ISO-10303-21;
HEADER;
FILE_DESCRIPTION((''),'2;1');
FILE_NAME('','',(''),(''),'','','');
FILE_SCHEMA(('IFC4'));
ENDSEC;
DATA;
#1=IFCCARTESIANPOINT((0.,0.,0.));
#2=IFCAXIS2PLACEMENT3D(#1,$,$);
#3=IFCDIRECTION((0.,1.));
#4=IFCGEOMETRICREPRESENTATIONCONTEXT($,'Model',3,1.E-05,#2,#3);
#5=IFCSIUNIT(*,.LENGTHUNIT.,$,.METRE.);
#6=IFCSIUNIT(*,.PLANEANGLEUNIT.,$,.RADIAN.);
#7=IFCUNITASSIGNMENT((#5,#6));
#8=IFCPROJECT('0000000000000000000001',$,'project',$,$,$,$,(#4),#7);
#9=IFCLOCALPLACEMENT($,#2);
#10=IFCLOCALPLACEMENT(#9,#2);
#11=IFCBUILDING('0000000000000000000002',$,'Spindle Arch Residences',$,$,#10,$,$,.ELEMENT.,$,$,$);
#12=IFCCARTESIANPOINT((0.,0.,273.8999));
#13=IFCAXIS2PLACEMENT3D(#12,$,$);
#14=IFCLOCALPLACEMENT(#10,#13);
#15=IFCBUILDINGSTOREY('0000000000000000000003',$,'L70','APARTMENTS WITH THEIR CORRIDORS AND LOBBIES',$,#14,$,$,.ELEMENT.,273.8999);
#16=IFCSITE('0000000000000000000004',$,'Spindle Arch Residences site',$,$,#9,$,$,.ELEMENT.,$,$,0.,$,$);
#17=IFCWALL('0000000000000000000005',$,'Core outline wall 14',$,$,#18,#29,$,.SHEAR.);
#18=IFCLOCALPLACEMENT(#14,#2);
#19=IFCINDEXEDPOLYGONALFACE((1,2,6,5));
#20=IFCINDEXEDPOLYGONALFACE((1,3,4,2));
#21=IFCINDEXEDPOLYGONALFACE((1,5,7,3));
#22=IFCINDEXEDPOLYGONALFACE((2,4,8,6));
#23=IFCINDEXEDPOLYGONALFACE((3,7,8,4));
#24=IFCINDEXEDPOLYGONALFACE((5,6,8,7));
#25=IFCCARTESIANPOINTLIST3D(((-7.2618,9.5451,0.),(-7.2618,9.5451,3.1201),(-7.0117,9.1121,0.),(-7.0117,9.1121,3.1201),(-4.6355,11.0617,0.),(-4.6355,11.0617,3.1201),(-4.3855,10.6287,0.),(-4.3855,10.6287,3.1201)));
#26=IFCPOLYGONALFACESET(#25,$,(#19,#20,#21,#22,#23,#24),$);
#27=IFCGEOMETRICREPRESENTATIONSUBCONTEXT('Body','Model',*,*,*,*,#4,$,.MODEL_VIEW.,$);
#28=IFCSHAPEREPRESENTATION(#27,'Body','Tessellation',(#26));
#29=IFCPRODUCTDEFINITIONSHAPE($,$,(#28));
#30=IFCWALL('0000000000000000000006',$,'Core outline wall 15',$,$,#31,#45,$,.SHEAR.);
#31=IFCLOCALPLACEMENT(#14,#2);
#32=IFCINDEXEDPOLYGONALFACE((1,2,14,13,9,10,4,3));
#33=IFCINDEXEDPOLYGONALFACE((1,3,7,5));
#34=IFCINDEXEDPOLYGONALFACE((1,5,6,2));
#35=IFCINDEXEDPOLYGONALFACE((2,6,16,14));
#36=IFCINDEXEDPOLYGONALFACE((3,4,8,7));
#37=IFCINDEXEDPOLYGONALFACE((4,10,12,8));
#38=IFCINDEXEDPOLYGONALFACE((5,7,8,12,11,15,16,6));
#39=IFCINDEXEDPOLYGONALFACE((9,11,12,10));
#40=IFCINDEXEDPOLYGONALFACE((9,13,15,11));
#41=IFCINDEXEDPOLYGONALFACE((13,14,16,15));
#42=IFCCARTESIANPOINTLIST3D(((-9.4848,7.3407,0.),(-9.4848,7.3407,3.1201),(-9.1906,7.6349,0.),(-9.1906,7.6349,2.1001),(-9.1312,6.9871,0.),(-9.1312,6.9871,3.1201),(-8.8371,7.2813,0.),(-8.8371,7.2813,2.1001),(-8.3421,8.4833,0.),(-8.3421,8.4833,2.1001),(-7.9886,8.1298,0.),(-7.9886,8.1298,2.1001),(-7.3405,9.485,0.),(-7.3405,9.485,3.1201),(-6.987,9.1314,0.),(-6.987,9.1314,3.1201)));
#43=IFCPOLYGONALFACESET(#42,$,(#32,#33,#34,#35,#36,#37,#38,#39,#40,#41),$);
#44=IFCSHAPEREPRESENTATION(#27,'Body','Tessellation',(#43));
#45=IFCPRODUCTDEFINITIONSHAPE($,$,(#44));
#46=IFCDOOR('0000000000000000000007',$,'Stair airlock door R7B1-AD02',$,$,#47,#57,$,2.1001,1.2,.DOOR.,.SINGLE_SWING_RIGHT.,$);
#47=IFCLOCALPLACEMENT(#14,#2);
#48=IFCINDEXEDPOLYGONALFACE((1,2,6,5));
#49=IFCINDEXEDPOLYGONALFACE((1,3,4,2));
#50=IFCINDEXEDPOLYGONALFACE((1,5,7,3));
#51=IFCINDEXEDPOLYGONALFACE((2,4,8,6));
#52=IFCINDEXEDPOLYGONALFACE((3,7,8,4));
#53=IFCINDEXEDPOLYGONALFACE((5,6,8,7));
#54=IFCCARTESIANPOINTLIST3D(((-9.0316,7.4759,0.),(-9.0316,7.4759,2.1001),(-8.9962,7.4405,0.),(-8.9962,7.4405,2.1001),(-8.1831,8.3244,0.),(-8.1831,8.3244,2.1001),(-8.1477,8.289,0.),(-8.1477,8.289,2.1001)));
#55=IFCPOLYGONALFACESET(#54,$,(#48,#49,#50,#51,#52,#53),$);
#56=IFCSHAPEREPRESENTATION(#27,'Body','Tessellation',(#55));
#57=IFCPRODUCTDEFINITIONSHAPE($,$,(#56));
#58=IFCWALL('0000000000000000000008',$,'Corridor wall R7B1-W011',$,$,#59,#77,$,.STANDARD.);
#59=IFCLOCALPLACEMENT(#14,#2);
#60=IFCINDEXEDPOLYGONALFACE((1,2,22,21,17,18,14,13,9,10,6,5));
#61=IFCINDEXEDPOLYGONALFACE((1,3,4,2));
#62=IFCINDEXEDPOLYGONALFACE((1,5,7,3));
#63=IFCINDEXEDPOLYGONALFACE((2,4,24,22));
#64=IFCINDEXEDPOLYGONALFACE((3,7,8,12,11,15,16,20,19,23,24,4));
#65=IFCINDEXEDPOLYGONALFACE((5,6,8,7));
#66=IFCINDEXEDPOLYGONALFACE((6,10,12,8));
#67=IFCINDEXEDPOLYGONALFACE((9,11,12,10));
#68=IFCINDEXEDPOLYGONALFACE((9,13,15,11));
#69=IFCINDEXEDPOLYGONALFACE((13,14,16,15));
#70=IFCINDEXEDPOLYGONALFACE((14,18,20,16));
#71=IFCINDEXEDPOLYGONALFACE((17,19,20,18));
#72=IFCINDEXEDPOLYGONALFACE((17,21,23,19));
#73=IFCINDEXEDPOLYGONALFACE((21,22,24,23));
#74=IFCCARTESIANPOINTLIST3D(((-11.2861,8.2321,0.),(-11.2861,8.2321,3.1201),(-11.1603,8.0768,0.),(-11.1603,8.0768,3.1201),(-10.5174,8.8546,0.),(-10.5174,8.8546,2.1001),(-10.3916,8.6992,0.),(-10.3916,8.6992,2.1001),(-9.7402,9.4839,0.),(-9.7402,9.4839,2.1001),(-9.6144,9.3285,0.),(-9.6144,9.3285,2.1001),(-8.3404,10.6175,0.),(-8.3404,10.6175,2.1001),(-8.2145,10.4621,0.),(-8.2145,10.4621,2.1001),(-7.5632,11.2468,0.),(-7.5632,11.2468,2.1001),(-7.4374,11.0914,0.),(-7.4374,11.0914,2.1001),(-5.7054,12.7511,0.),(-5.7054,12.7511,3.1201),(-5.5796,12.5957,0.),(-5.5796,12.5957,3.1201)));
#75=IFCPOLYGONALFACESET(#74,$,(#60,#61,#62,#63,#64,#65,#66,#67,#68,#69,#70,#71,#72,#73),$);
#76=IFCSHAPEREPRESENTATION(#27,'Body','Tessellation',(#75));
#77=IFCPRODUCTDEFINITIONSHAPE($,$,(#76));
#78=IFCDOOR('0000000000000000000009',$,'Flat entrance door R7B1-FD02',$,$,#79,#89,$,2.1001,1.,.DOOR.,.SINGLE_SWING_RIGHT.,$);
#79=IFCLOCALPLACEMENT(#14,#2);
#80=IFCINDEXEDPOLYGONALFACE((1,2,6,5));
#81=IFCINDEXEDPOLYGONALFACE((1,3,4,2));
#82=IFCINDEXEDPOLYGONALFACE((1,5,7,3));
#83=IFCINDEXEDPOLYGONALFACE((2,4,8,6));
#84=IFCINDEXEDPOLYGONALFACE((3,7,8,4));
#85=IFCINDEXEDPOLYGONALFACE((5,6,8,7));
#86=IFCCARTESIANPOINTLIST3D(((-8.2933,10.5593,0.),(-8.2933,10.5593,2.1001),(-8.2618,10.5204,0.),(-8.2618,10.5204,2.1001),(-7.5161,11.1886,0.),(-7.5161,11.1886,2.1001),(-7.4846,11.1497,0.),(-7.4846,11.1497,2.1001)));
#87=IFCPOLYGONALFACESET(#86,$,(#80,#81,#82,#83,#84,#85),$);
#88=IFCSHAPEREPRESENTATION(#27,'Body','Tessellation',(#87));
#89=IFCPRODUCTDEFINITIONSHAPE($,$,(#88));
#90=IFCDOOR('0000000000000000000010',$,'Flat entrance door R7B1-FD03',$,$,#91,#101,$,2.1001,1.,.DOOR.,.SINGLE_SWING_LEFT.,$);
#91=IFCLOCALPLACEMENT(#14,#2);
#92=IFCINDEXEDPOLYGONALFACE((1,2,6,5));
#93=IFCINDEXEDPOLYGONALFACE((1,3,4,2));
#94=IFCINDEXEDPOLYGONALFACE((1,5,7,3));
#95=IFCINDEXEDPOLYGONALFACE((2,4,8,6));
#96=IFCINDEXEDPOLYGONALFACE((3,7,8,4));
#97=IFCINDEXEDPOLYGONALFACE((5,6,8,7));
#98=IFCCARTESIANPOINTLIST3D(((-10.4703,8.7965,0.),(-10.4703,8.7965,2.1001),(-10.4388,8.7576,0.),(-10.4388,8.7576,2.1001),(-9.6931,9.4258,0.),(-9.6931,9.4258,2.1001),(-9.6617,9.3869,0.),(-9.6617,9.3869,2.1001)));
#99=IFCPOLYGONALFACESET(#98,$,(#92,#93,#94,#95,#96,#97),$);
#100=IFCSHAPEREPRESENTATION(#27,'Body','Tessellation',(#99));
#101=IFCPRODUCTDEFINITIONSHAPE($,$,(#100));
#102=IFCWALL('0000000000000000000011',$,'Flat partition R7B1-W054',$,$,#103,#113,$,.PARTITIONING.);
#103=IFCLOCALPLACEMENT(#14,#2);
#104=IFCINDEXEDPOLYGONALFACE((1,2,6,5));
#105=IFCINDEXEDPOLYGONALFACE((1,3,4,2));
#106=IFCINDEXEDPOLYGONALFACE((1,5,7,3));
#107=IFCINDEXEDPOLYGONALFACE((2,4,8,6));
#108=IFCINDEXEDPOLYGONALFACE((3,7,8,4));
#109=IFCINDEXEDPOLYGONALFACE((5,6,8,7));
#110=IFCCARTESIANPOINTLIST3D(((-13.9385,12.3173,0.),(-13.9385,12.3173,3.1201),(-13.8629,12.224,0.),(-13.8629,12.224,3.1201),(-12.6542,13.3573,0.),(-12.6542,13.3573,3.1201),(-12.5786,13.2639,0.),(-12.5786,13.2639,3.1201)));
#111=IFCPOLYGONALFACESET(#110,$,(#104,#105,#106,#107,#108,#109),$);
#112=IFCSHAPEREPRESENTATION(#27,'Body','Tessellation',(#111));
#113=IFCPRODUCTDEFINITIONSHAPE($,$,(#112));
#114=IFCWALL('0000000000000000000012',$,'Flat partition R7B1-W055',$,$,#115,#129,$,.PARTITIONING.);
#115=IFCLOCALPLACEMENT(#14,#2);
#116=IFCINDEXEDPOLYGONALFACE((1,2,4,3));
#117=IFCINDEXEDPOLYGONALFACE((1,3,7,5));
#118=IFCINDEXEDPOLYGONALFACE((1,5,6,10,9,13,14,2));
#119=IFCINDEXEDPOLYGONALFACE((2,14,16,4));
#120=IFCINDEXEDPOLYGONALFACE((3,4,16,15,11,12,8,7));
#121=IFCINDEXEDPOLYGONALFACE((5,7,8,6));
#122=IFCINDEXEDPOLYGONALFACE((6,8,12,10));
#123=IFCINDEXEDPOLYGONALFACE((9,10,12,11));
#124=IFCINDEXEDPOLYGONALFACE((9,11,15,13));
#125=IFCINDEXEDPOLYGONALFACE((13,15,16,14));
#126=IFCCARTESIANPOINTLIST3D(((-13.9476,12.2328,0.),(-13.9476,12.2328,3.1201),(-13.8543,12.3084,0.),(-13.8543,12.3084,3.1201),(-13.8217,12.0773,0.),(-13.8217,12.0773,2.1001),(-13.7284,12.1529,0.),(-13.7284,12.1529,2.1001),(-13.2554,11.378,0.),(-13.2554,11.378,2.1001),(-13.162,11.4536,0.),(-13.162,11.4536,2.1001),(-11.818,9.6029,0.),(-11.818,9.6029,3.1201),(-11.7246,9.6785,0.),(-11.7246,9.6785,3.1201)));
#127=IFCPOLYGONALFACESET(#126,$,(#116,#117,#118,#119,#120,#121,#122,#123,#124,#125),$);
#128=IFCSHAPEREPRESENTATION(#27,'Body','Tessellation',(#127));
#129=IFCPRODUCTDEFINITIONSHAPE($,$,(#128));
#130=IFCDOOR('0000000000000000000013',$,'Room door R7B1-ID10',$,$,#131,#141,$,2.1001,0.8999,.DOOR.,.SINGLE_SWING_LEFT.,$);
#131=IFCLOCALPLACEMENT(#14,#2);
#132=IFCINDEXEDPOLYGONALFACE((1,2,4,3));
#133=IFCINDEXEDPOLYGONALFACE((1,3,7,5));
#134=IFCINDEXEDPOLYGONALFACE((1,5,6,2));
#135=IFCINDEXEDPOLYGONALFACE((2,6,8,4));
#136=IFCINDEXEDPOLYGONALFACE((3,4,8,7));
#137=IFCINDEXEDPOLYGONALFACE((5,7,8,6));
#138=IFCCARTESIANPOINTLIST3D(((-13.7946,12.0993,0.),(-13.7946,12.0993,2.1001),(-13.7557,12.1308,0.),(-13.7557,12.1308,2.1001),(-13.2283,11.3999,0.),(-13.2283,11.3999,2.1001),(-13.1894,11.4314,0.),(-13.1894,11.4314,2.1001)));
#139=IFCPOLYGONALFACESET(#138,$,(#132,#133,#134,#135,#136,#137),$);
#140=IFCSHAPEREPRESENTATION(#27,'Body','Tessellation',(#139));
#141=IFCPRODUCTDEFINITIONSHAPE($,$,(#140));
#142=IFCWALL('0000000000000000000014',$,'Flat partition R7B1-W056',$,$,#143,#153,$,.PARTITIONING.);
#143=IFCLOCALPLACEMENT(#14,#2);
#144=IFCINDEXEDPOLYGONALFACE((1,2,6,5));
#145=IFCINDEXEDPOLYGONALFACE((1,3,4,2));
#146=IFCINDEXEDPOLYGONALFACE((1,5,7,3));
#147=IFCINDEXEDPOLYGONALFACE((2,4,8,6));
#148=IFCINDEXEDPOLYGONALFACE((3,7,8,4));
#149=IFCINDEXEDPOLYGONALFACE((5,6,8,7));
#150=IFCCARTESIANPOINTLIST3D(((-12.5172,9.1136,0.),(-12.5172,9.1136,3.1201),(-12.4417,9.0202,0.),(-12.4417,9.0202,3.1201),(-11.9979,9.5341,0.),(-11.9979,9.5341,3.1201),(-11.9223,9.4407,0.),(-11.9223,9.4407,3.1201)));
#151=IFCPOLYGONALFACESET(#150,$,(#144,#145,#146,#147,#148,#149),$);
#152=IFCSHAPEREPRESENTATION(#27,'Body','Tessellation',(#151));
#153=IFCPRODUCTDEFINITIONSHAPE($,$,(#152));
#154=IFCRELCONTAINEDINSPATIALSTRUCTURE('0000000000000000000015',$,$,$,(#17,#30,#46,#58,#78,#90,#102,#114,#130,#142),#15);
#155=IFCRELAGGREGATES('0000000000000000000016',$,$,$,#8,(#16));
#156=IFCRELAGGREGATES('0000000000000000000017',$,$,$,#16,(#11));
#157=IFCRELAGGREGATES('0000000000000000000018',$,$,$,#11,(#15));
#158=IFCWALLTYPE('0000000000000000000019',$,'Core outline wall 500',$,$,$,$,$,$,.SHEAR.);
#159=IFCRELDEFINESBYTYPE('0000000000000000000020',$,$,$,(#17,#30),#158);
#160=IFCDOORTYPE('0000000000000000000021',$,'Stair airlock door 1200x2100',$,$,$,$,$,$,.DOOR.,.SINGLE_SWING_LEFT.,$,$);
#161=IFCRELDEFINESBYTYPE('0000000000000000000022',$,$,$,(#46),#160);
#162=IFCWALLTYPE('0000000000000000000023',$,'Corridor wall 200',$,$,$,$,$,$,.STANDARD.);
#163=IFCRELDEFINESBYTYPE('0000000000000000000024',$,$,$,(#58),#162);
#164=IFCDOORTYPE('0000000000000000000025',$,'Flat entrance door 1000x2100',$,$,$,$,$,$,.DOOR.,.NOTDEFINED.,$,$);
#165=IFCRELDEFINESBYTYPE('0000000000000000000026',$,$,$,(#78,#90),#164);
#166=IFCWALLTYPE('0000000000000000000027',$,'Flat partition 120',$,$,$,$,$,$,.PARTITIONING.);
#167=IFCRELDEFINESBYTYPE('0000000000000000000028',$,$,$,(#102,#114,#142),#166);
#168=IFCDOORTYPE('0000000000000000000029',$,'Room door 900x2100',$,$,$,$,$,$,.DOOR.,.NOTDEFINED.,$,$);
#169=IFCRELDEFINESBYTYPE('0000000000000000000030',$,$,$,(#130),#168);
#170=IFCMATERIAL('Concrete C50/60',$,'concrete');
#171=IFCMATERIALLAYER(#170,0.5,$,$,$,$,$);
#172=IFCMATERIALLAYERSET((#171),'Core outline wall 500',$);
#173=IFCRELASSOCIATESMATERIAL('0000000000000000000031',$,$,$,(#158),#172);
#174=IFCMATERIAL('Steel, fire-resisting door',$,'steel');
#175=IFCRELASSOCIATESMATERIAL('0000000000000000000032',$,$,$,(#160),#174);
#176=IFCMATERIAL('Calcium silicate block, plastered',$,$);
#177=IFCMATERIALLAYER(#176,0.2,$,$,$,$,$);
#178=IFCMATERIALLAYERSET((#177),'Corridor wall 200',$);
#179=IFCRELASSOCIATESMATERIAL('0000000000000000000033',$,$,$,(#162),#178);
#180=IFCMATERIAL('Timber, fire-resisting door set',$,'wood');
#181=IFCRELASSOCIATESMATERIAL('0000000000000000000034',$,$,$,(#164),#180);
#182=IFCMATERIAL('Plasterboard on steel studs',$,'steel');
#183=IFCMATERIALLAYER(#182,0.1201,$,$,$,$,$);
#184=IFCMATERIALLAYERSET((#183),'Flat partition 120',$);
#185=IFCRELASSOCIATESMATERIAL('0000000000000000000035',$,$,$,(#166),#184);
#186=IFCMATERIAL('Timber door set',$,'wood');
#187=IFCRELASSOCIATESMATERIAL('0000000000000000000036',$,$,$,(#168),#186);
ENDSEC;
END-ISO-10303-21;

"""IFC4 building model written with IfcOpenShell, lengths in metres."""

from ifc_helpers import new_model, si_unit, direction, frame, frame_2d, origin, place, context, subcontext, project, spatial, rectangle, extrude, material, layer, layer_set, type_object, element, fill, save


model = new_model("IFC4")

# Units and contexts
model_context = context("Model", 3, precision=1e-05, world=origin(), true_north=direction((0.0, 1.0)))
body_context = subcontext(model_context, "Body", "Model", "MODEL_VIEW")
ifc_project = project(units=[si_unit("LENGTHUNIT", "METRE"), si_unit("PLANEANGLEUNIT", "RADIAN")], contexts=[model_context])

# Site, building, storey
site_placement = place(None, origin())
site = spatial("IfcSite", under=ifc_project, at=site_placement, Name="Spindle Arch Residences site", CompositionType="ELEMENT", RefElevation=0.0)
building_placement = place(site_placement, origin())
building = spatial("IfcBuilding", under=site, at=building_placement, Name="Spindle Arch Residences", CompositionType="ELEMENT")
storey_placement = place(building_placement, frame((0.0, 0.0, 273.8999)))
storey = spatial("IfcBuildingStorey", under=building, at=storey_placement, Name="L70", Description="APARTMENTS WITH THEIR CORRIDORS AND LOBBIES", CompositionType="ELEMENT", Elevation=273.8999)

# Wall
ifc_material_1 = material(Name="Concrete C50/60", Category="concrete")
ifc_layer_1 = layer(ifc_material_1, 0.5)
ifc_layer_set_1 = layer_set([ifc_layer_1], Name="Core outline wall 500")
wall_type_1 = type_object("IfcWallType", Name="Core outline wall 500", PredefinedType="SHEAR", material=ifc_layer_set_1)
wall_1_placement = place(storey_placement, frame((-4.5105, 10.8452, 0.0), z_axis=(0.0, 0.0, 1.0), x_axis=(-0.865975, -0.500087, 0.0)))
element("IfcWall", 1, at=wall_1_placement, inside=storey, type_object=wall_type_1, Name="Core outline wall 14", PredefinedType="SHEAR", context=body_context, shape_type="SweptSolid", body=[
    extrude(rectangle(XDim=3.0327, YDim=0.5, at=frame_2d((1.5164, 0.0))), origin(), (0.0, 0.0, 1.0), 3.1201),
])

# Wall, opening, door
wall_2_placement = place(storey_placement, frame((-7.1638, 9.3081, 0.0), z_axis=(0.0, 0.0, 1.0), x_axis=(-0.707107, -0.707107, 0.0)))
wall_2 = element("IfcWall", 2, at=wall_2_placement, inside=storey, type_object=wall_type_1, Name="Core outline wall 15", PredefinedType="SHEAR", context=body_context, shape_type="SweptSolid", body=[
    extrude(rectangle(XDim=3.0325, YDim=0.5, at=frame_2d((1.5161, 0.0))), origin(), (0.0, 0.0, 1.0), 3.1201),
])
opening_1_placement = place(wall_2_placement, frame((1.4163, 0.0, 0.0)))
opening_1 = element("IfcOpeningElement", 3, at=opening_1_placement, cuts=wall_2, PredefinedType="OPENING", context=body_context, shape_type="SweptSolid", body=[
    extrude(rectangle(XDim=1.2, YDim=2.1001, at=frame_2d((0.6001, 1.05))), frame((0.0, 0.26, 0.0), z_axis=(0.0, -1.0, 0.0), x_axis=(1.0, 0.0, 0.0)), (0.0, 0.0, 1.0), 0.52),
])
ifc_material_2 = material(Name="Steel, fire-resisting door", Category="steel")
door_type_1 = type_object("IfcDoorType", Name="Stair airlock door 1200x2100", OperationType="SINGLE_SWING_LEFT", PredefinedType="DOOR", material=ifc_material_2)
door_1_placement = place(opening_1_placement, origin())
door_1 = element("IfcDoor", 4, at=door_1_placement, inside=storey, type_object=door_type_1, Name="Stair airlock door R7B1-AD02", OperationType="SINGLE_SWING_RIGHT", OverallHeight=2.1001, OverallWidth=1.2, PredefinedType="DOOR", context=body_context, shape_type="SweptSolid", body=[
    extrude(rectangle(XDim=1.2, YDim=2.1001, at=frame_2d((0.6001, 1.05))), frame((0.0, 0.0249, 0.0), z_axis=(0.0, -1.0, 0.0), x_axis=(1.0, 0.0, 0.0)), (0.0, 0.0, 1.0), 0.05),
])
fill(opening_1, door_1)

# Wall, openings, doors
ifc_material_3 = material(Name="Calcium silicate block, plastered")
ifc_layer_2 = layer(ifc_material_3, 0.2)
ifc_layer_set_2 = layer_set([ifc_layer_2], Name="Corridor wall 200")
wall_type_2 = type_object("IfcWallType", Name="Corridor wall 200", PredefinedType="STANDARD", material=ifc_layer_set_2)
wall_3_placement = place(storey_placement, frame((-5.6426, 12.6733, 0.0), z_axis=(0.0, 0.0, 1.0), x_axis=(-0.77716, -0.629303, 0.0)))
wall_3 = element("IfcWall", 5, at=wall_3_placement, inside=storey, type_object=wall_type_2, Name="Corridor wall R7B1-W011", PredefinedType="STANDARD", context=body_context, shape_type="SweptSolid", body=[
    extrude(rectangle(XDim=7.1809, YDim=0.2, at=frame_2d((3.5903, 0.0))), origin(), (0.0, 0.0, 1.0), 3.1201),
])
opening_2_placement = place(wall_3_placement, frame((2.3904, 0.0, 0.0)))
opening_2 = element("IfcOpeningElement", 6, at=opening_2_placement, cuts=wall_3, PredefinedType="OPENING", context=body_context, shape_type="SweptSolid", body=[
    extrude(rectangle(XDim=1.0, YDim=2.1001, at=frame_2d((0.5, 1.05))), frame((0.0, 0.1099, 0.0), z_axis=(0.0, -1.0, 0.0), x_axis=(1.0, 0.0, 0.0)), (0.0, 0.0, 1.0), 0.22),
])
opening_3_placement = place(wall_3_placement, frame((5.1917, 0.0, 0.0)))
opening_3 = element("IfcOpeningElement", 7, at=opening_3_placement, cuts=wall_3, PredefinedType="OPENING", context=body_context, shape_type="SweptSolid", body=[
    extrude(rectangle(XDim=1.0, YDim=2.1001, at=frame_2d((0.5, 1.05))), frame((0.0, 0.1099, 0.0), z_axis=(0.0, -1.0, 0.0), x_axis=(1.0, 0.0, 0.0)), (0.0, 0.0, 1.0), 0.22),
])
ifc_material_4 = material(Name="Timber, fire-resisting door set", Category="wood")
door_type_2 = type_object("IfcDoorType", Name="Flat entrance door 1000x2100", OperationType="NOTDEFINED", PredefinedType="DOOR", material=ifc_material_4)
door_2_placement = place(opening_2_placement, origin())
door_2 = element("IfcDoor", 8, at=door_2_placement, inside=storey, type_object=door_type_2, Name="Flat entrance door R7B1-FD02", OperationType="SINGLE_SWING_RIGHT", OverallHeight=2.1001, OverallWidth=1.0, PredefinedType="DOOR", context=body_context, shape_type="SweptSolid", body=[
    extrude(rectangle(XDim=1.0, YDim=2.1001, at=frame_2d((0.5, 1.05))), frame((0.0, 0.0249, 0.0), z_axis=(0.0, -1.0, 0.0), x_axis=(1.0, 0.0, 0.0)), (0.0, 0.0, 1.0), 0.05),
])
fill(opening_2, door_2)
door_3_placement = place(opening_3_placement, origin())
door_3 = element("IfcDoor", 9, at=door_3_placement, inside=storey, type_object=door_type_2, Name="Flat entrance door R7B1-FD03", OperationType="SINGLE_SWING_LEFT", OverallHeight=2.1001, OverallWidth=1.0, PredefinedType="DOOR", context=body_context, shape_type="SweptSolid", body=[
    extrude(rectangle(XDim=1.0, YDim=2.1001, at=frame_2d((0.5, 1.05))), frame((0.0, 0.0249, 0.0), z_axis=(0.0, -1.0, 0.0), x_axis=(1.0, 0.0, 0.0)), (0.0, 0.0, 1.0), 0.05),
])
fill(opening_3, door_3)

# Wall
ifc_material_5 = material(Name="Plasterboard on steel studs", Category="steel")
ifc_layer_3 = layer(ifc_material_5, 0.1201)
ifc_layer_set_3 = layer_set([ifc_layer_3], Name="Flat partition 120")
wall_type_3 = type_object("IfcWallType", Name="Flat partition 120", PredefinedType="PARTITIONING", material=ifc_layer_set_3)
wall_4_placement = place(storey_placement, frame((-12.6165, 13.3105, 0.0), z_axis=(0.0, 0.0, 1.0), x_axis=(-0.777166, -0.629296, 0.0)))
element("IfcWall", 10, at=wall_4_placement, inside=storey, type_object=wall_type_3, Name="Flat partition R7B1-W054", PredefinedType="PARTITIONING", context=body_context, shape_type="SweptSolid", body=[
    extrude(rectangle(XDim=1.6526, YDim=0.1201, at=frame_2d((0.8262, 0.0))), origin(), (0.0, 0.0, 1.0), 3.1201),
])

# Wall, opening, door
wall_5_placement = place(storey_placement, frame((-13.9009, 12.2705, 0.0), z_axis=(0.0, 0.0, 1.0), x_axis=(0.629321, -0.777146, 0.0)))
wall_5 = element("IfcWall", 11, at=wall_5_placement, inside=storey, type_object=wall_type_3, Name="Flat partition R7B1-W055", PredefinedType="PARTITIONING", context=body_context, shape_type="SweptSolid", body=[
    extrude(rectangle(XDim=3.384, YDim=0.1201, at=frame_2d((1.6919, 0.0))), origin(), (0.0, 0.0, 1.0), 3.1201),
])
opening_4_placement = place(wall_5_placement, frame((0.2, 0.0, 0.0)))
opening_4 = element("IfcOpeningElement", 12, at=opening_4_placement, cuts=wall_5, PredefinedType="OPENING", context=body_context, shape_type="SweptSolid", body=[
    extrude(rectangle(XDim=0.8999, YDim=2.1001, at=frame_2d((0.45, 1.05))), frame((0.0, 0.0701, 0.0), z_axis=(0.0, -1.0, 0.0), x_axis=(1.0, 0.0, 0.0)), (0.0, 0.0, 1.0), 0.1401),
])
ifc_material_6 = material(Name="Timber door set", Category="wood")
door_type_3 = type_object("IfcDoorType", Name="Room door 900x2100", OperationType="NOTDEFINED", PredefinedType="DOOR", material=ifc_material_6)
door_4_placement = place(opening_4_placement, origin())
door_4 = element("IfcDoor", 13, at=door_4_placement, inside=storey, type_object=door_type_3, Name="Room door R7B1-ID10", OperationType="SINGLE_SWING_LEFT", OverallHeight=2.1001, OverallWidth=0.8999, PredefinedType="DOOR", context=body_context, shape_type="SweptSolid", body=[
    extrude(rectangle(XDim=0.8999, YDim=2.1001, at=frame_2d((0.45, 1.05))), frame((0.0, 0.0249, 0.0), z_axis=(0.0, -1.0, 0.0), x_axis=(1.0, 0.0, 0.0)), (0.0, 0.0, 1.0), 0.05),
])
fill(opening_4, door_4)

# Wall
wall_6_placement = place(storey_placement, frame((-11.9602, 9.4873, 0.0), z_axis=(0.0, 0.0, 1.0), x_axis=(-0.777219, -0.62923, 0.0)))
element("IfcWall", 14, at=wall_6_placement, inside=storey, type_object=wall_type_3, Name="Flat partition R7B1-W056", PredefinedType="PARTITIONING", context=body_context, shape_type="SweptSolid", body=[
    extrude(rectangle(XDim=0.6682, YDim=0.1201, at=frame_2d((0.334, 0.0))), origin(), (0.0, 0.0, 1.0), 3.1201),
])

save(model, "model.ifc")
